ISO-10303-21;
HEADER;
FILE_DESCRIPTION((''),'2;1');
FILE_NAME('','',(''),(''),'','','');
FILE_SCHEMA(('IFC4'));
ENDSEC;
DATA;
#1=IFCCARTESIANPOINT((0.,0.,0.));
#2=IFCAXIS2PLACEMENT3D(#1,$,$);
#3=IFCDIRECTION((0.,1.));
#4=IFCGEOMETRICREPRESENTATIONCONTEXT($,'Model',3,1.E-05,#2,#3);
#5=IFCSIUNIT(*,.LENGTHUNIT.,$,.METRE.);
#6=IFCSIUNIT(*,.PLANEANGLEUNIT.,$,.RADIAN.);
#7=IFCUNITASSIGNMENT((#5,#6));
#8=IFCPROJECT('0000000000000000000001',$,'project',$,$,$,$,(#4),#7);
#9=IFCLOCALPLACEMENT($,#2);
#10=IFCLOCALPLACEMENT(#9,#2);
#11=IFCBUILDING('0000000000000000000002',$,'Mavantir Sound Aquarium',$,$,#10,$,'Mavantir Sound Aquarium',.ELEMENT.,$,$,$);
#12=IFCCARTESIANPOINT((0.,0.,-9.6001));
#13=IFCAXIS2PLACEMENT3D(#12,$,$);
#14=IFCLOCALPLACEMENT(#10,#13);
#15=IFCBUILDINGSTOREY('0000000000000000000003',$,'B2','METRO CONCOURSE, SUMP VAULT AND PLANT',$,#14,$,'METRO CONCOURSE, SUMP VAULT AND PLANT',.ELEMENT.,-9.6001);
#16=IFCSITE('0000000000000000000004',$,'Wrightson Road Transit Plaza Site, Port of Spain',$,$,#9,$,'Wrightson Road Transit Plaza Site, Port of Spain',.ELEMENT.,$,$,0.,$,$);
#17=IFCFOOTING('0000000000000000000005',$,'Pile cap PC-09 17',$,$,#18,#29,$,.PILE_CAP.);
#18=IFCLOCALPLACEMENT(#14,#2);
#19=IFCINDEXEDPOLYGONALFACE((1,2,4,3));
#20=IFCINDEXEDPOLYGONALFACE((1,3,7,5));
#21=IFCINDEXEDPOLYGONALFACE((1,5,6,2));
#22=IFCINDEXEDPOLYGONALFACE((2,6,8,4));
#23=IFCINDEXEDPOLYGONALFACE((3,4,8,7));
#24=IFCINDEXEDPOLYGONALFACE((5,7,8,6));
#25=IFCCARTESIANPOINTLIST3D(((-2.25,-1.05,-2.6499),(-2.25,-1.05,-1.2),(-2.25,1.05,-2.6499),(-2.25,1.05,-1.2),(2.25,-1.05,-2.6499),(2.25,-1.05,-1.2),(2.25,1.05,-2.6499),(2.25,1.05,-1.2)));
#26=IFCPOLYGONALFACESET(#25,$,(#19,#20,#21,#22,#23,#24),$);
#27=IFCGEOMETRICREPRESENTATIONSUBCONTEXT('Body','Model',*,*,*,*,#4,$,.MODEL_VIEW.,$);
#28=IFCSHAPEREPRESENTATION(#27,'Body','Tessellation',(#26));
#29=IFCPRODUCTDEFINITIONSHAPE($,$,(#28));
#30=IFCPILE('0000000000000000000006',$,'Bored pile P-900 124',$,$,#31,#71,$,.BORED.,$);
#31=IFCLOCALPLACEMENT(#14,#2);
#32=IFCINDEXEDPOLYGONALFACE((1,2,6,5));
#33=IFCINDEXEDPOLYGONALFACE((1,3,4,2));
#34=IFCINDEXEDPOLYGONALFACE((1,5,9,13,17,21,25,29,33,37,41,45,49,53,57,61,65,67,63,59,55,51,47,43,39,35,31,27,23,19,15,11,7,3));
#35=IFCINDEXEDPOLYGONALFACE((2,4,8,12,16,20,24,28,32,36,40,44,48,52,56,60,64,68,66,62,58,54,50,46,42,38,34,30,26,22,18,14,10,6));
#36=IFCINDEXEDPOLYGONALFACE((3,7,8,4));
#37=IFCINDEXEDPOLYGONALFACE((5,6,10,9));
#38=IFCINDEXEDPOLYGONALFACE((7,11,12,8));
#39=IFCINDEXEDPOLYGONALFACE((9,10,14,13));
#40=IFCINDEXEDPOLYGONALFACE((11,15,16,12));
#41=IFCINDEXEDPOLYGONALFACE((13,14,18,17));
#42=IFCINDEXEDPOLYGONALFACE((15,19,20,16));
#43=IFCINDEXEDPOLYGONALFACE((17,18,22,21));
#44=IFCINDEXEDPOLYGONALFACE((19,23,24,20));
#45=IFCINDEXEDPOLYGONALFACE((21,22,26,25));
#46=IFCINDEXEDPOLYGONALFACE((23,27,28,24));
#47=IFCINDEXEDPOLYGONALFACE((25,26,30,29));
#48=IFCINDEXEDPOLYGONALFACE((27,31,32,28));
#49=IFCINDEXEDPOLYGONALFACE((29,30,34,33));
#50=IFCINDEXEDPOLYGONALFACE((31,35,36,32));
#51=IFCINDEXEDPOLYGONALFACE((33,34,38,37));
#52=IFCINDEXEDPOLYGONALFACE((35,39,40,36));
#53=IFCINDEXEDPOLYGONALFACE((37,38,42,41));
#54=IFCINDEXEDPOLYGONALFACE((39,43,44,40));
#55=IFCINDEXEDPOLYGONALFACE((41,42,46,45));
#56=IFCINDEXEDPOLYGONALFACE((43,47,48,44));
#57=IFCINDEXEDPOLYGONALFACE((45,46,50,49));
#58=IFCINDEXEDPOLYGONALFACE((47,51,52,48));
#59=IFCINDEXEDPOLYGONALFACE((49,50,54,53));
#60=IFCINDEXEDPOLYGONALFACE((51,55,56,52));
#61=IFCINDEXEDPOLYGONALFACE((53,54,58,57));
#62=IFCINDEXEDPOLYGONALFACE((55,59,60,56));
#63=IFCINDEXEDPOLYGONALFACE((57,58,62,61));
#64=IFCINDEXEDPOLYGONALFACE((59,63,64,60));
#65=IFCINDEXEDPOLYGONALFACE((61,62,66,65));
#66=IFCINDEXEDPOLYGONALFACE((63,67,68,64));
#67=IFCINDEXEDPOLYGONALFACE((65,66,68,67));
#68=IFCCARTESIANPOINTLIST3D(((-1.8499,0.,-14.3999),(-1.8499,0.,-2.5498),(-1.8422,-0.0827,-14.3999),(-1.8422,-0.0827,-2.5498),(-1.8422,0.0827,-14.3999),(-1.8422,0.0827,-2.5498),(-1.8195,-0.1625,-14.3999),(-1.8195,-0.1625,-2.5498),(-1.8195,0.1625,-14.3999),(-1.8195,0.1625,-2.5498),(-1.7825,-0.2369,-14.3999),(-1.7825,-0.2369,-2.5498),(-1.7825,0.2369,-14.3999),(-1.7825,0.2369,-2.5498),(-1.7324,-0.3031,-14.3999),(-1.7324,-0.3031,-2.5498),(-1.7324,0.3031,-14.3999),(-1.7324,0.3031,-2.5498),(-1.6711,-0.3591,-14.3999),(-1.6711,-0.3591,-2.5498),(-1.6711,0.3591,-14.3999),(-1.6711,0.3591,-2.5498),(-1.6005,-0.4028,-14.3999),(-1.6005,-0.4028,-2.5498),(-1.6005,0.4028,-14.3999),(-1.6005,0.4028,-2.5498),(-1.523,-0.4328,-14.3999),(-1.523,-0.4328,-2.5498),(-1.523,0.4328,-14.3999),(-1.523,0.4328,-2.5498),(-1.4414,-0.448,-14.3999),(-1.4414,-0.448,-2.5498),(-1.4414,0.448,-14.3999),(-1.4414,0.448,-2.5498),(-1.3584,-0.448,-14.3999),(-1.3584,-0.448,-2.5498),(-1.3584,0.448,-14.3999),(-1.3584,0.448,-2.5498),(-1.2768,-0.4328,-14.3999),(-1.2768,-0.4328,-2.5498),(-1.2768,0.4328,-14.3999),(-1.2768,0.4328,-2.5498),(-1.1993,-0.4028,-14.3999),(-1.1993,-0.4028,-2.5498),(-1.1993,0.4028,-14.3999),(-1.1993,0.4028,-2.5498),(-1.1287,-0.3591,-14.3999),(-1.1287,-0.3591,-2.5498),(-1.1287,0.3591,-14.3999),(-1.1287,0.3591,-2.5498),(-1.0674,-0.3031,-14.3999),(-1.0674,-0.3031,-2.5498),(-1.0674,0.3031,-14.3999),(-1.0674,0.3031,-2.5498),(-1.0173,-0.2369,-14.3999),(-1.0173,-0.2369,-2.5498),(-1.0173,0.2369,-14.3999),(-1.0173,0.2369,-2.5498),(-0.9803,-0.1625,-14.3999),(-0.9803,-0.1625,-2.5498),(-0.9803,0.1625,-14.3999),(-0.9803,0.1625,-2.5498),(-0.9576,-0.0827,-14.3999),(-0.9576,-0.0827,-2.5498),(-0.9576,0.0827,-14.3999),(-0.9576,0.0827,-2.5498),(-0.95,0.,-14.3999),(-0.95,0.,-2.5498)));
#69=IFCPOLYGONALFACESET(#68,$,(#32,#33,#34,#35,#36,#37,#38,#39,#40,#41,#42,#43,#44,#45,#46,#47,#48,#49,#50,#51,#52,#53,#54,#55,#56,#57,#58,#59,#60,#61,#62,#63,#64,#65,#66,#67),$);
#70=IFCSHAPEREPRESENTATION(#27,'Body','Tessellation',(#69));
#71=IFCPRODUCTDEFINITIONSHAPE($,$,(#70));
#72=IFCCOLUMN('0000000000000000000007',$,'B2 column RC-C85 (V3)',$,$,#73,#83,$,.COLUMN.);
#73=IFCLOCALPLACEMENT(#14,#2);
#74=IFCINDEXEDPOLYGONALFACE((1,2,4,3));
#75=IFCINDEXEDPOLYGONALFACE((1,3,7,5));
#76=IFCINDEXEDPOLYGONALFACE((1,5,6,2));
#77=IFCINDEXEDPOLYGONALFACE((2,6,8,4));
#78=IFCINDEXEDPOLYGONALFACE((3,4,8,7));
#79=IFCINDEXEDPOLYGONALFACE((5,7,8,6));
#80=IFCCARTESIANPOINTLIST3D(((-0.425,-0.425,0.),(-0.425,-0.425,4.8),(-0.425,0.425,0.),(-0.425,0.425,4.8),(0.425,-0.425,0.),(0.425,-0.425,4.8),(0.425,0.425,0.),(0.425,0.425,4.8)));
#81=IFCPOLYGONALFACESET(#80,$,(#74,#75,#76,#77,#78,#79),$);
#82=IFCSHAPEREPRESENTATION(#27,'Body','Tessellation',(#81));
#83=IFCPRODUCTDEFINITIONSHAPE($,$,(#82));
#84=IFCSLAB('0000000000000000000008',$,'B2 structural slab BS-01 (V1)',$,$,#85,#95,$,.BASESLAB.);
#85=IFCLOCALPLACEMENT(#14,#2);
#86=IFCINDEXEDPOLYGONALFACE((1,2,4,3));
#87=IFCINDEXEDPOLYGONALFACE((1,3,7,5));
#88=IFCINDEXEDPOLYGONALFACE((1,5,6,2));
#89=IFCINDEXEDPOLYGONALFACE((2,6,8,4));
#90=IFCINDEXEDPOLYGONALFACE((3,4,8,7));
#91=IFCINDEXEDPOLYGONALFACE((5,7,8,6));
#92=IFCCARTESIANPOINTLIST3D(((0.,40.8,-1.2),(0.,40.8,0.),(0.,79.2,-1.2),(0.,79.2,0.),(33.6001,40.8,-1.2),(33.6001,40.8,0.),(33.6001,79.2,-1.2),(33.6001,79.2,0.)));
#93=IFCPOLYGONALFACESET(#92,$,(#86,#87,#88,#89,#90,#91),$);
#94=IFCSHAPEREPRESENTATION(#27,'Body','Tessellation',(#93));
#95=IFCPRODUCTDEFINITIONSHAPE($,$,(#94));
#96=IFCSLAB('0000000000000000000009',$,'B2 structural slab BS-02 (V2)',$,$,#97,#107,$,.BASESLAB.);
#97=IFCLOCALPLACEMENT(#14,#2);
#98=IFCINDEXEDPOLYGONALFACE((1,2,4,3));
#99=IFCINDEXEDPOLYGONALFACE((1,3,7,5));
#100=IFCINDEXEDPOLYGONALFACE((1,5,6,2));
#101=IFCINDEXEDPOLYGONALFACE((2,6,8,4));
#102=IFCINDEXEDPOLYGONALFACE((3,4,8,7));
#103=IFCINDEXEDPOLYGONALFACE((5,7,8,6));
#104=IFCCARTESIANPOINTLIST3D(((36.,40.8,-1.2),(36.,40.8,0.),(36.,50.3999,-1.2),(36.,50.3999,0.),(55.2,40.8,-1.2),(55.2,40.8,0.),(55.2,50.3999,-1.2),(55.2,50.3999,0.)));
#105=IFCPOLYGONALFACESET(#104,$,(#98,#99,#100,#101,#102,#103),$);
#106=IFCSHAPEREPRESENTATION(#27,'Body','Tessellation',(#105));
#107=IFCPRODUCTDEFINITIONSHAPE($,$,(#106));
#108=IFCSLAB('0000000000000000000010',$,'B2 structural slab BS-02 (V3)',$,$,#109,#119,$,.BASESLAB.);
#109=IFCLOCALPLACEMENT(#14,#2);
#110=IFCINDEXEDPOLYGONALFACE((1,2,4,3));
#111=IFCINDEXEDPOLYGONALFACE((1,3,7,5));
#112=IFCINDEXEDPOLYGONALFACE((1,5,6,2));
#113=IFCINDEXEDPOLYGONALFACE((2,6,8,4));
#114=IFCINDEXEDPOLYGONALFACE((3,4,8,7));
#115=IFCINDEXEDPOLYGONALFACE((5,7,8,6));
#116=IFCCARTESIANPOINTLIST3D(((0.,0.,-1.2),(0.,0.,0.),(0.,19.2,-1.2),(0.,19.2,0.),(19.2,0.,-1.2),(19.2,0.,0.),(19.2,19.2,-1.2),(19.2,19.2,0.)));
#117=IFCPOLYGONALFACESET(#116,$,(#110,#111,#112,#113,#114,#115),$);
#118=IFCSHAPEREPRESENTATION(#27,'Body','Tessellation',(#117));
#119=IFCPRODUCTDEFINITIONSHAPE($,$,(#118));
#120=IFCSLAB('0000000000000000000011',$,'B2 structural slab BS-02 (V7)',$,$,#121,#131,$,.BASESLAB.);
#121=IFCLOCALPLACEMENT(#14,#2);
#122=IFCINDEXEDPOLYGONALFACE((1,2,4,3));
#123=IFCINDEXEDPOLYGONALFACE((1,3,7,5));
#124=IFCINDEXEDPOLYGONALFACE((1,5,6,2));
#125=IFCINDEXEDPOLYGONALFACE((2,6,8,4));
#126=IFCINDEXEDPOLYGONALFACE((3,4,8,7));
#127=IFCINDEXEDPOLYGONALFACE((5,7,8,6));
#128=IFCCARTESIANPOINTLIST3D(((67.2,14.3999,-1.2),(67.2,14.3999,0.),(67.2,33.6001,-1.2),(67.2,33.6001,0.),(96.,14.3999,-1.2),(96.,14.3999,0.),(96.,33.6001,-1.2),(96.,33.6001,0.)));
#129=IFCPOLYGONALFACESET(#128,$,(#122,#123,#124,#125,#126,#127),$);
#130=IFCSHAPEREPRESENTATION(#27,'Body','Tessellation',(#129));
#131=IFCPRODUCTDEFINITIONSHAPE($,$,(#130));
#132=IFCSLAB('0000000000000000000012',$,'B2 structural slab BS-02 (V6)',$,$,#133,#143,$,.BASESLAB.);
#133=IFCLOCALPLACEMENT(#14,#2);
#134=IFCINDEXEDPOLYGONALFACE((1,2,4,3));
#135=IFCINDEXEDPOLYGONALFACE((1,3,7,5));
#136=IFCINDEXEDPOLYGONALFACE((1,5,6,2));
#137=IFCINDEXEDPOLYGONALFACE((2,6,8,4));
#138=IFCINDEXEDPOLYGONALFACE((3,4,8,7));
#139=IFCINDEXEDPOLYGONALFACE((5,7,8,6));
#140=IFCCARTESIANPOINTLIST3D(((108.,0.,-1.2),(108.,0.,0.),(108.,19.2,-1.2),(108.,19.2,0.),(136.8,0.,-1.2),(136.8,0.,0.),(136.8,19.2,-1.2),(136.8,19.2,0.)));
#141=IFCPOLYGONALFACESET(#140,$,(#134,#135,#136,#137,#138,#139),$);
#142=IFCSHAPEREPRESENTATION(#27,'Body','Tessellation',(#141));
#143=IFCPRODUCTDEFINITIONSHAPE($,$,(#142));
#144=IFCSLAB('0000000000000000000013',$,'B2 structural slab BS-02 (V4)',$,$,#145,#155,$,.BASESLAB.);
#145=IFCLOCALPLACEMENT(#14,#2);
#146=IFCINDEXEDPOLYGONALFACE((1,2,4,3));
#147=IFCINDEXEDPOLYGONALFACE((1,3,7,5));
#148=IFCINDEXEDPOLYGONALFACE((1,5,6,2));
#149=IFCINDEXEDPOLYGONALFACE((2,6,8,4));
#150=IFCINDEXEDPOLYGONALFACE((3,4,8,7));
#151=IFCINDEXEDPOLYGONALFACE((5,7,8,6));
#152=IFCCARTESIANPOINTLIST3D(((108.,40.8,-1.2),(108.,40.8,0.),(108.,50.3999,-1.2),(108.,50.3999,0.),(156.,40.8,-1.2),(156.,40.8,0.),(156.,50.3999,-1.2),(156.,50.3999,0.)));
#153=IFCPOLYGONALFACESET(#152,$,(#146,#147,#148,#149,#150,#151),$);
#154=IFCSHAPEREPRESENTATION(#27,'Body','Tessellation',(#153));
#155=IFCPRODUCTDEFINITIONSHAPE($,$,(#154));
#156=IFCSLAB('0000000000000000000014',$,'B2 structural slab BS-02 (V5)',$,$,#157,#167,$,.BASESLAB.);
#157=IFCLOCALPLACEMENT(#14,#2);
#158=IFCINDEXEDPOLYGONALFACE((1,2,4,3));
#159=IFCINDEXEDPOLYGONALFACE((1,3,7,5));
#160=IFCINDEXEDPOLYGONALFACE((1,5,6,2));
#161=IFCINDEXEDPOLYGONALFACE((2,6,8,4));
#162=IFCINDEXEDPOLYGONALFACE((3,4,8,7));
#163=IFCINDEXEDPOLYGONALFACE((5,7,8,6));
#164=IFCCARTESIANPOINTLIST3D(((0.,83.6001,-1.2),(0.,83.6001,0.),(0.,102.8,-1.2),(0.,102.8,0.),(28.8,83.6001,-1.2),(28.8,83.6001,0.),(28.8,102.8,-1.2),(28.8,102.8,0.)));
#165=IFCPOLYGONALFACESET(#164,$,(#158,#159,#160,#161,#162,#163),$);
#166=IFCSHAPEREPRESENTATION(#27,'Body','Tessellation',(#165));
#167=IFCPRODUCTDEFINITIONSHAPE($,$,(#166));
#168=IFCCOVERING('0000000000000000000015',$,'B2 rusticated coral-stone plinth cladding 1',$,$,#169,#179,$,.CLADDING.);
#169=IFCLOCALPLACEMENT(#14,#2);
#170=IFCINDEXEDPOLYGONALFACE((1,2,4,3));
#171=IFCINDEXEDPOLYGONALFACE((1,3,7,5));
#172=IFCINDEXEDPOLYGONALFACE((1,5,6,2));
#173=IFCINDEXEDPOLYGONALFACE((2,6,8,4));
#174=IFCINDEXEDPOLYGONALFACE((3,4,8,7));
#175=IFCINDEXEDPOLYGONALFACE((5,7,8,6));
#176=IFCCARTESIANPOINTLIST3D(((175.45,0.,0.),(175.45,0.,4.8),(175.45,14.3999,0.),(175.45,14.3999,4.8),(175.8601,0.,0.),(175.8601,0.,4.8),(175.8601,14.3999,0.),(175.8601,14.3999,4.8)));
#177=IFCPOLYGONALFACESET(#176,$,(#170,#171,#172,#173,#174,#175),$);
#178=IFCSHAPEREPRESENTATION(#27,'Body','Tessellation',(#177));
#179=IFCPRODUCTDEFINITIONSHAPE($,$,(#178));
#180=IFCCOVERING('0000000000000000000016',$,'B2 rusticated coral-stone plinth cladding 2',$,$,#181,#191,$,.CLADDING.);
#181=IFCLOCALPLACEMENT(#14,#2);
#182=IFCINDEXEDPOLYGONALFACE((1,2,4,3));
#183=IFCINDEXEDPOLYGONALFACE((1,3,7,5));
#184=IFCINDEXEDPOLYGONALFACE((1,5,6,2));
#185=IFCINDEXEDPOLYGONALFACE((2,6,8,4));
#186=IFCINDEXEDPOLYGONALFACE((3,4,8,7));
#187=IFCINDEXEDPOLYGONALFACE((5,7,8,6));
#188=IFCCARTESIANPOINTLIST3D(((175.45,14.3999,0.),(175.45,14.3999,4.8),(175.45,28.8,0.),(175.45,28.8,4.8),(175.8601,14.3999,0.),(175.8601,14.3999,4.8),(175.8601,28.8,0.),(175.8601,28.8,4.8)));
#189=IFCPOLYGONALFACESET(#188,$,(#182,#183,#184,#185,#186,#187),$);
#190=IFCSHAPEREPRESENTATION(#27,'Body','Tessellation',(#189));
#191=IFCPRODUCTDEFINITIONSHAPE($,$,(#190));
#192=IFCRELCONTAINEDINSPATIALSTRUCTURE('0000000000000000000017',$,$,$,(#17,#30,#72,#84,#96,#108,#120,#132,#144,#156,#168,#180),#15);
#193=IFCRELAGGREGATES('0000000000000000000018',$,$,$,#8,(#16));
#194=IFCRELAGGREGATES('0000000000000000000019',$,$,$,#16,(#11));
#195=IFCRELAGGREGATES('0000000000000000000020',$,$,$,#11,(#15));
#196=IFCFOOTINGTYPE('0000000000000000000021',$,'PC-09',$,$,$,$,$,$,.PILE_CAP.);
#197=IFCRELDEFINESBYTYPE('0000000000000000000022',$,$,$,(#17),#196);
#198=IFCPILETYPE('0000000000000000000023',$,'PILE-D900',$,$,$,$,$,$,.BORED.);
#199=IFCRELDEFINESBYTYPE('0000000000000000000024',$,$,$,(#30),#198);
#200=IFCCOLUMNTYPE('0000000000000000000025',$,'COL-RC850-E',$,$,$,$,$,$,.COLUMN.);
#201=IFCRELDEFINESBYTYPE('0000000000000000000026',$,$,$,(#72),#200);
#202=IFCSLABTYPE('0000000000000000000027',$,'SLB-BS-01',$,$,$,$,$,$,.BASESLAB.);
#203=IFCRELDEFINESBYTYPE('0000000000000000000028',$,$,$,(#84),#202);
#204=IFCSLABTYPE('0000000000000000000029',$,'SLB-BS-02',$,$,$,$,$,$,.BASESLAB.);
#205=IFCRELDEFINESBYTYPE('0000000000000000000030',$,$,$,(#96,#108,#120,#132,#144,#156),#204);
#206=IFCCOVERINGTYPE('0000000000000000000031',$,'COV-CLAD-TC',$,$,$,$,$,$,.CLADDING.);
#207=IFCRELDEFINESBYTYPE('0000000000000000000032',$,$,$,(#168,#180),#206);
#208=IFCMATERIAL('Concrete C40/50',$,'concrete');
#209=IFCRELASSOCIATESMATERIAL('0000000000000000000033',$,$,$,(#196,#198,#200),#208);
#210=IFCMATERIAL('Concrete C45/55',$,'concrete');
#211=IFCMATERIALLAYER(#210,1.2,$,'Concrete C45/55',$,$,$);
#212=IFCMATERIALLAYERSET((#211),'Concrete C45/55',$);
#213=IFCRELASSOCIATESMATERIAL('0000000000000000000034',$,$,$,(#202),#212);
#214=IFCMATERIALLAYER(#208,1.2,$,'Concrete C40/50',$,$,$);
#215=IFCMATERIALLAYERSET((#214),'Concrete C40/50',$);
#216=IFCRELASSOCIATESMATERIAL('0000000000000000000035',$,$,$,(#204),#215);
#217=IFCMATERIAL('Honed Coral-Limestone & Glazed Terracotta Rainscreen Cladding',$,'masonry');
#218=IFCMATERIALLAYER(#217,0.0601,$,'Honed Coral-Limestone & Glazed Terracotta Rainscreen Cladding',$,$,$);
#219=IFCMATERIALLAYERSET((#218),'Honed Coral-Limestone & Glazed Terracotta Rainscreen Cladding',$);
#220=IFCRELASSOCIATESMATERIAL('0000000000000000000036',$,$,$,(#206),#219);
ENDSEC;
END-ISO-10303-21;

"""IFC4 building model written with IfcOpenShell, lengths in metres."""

from ifc_helpers import new_model, si_unit, direction, frame, origin, origin_with_axes, origin_2d, place, context, subcontext, project, spatial, polyline, rectangle, circle, outline, extrude, material, layer, layer_set, material_profile, profile_set, type_object, element, save


model = new_model("IFC4")

# Units and contexts
model_context = context("Model", 3, precision=1e-05, world=origin(), true_north=direction((0.0, 1.0)))
body_context = subcontext(model_context, "Body", "Model", "MODEL_VIEW")
ifc_project = project(units=[si_unit("LENGTHUNIT", "METRE"), si_unit("PLANEANGLEUNIT", "RADIAN")], contexts=[model_context])

# Site, building, storey
site_placement = place(None, origin())
site = spatial("IfcSite", under=ifc_project, at=site_placement, Name="Wrightson Road Transit Plaza Site, Port of Spain", LongName="Wrightson Road Transit Plaza Site, Port of Spain", CompositionType="ELEMENT", RefElevation=0.0)
building_placement = place(site_placement, origin())
building = spatial("IfcBuilding", under=site, at=building_placement, Name="Mavantir Sound Aquarium", LongName="Mavantir Sound Aquarium", CompositionType="ELEMENT")
storey_placement = place(building_placement, frame((0.0, 0.0, -9.6001)))
storey = spatial("IfcBuildingStorey", under=building, at=storey_placement, Name="B2", Description="METRO CONCOURSE, SUMP VAULT AND PLANT", LongName="METRO CONCOURSE, SUMP VAULT AND PLANT", CompositionType="ELEMENT", Elevation=-9.6001)

# Footing
ifc_material_1 = material(Name="Concrete C40/50", Category="concrete")
footing_type = type_object("IfcFootingType", Name="PC-09", PredefinedType="PILE_CAP", material=ifc_material_1)
footing_placement = place(storey_placement, frame((0.0, 0.0, -2.6499), z_axis=(0.0, 0.0, 1.0), x_axis=(1.0, 0.0, 0.0)))
element("IfcFooting", 1, at=footing_placement, inside=storey, type_object=footing_type, Name="Pile cap PC-09 17", PredefinedType="PILE_CAP", context=body_context, shape_type="SweptSolid", body=[
    extrude(rectangle(XDim=4.5, YDim=2.1001, at=origin_2d()), origin(), (0.0, 0.0, 1.0), 1.45),
])

# Pile
ifc_material_profile_1 = material_profile(ifc_material_1, circle(Radius=0.45, at=origin_2d()), Name="PILE D900")
ifc_profile_set_1 = profile_set([ifc_material_profile_1], Name="Concrete C40/50")
pile_type = type_object("IfcPileType", Name="PILE-D900", PredefinedType="BORED", material=ifc_profile_set_1)
pile_placement = place(storey_placement, frame((-1.3999, 0.0, -2.5498), z_axis=(0.0, 0.0, -1.0), x_axis=(1.0, 0.0, 0.0)))
element("IfcPile", 2, at=pile_placement, inside=storey, type_object=pile_type, Name="Bored pile P-900 124", PredefinedType="BORED", context=body_context, shape_type="SweptSolid", body=[
    extrude(circle(Radius=0.45, at=origin_2d()), origin(), (0.0, 0.0, 1.0), 11.8501),
])

# Column
ifc_material_profile_2 = material_profile(ifc_material_1, rectangle(XDim=0.8501, YDim=0.8501, at=origin_2d()), Name="RC 850X850")
ifc_profile_set_2 = profile_set([ifc_material_profile_2], Name="Concrete C40/50")
column_type = type_object("IfcColumnType", Name="COL-RC850-E", PredefinedType="COLUMN", material=ifc_profile_set_2)
column_placement = place(storey_placement, origin_with_axes())
element("IfcColumn", 3, at=column_placement, inside=storey, type_object=column_type, Name="B2 column RC-C85 (V3)", PredefinedType="COLUMN", context=body_context, shape_type="SweptSolid", body=[
    extrude(rectangle(XDim=0.8501, YDim=0.8501, at=origin_2d()), origin(), (0.0, 0.0, 1.0), 4.8),
])

# Slabs
ifc_material_2 = material(Name="Concrete C45/55", Category="concrete")
ifc_layer_1 = layer(ifc_material_2, 1.2, Name="Concrete C45/55")
ifc_layer_set_1 = layer_set([ifc_layer_1], Name="Concrete C45/55")
slab_type_1 = type_object("IfcSlabType", Name="SLB-BS-01", PredefinedType="BASESLAB", material=ifc_layer_set_1)
slab_1_placement = place(storey_placement, frame((0.0, 0.0, -1.2)))
element("IfcSlab", 4, at=slab_1_placement, inside=storey, type_object=slab_type_1, Name="B2 structural slab BS-01 (V1)", PredefinedType="BASESLAB", context=body_context, shape_type="SweptSolid", body=[
    extrude(outline(polyline([(33.6001, 40.8), (33.6001, 79.2), (0.0, 79.2), (0.0, 40.8), (33.6001, 40.8)])), origin(), (0.0, 0.0, 1.0), 1.2),
])
ifc_layer_2 = layer(ifc_material_1, 1.2, Name="Concrete C40/50")
ifc_layer_set_2 = layer_set([ifc_layer_2], Name="Concrete C40/50")
slab_type_2 = type_object("IfcSlabType", Name="SLB-BS-02", PredefinedType="BASESLAB", material=ifc_layer_set_2)
slab_2_placement = place(storey_placement, frame((0.0, 0.0, -1.2)))
element("IfcSlab", 5, at=slab_2_placement, inside=storey, type_object=slab_type_2, Name="B2 structural slab BS-02 (V2)", PredefinedType="BASESLAB", context=body_context, shape_type="SweptSolid", body=[
    extrude(outline(polyline([(55.2, 40.8), (55.2, 50.3999), (36.0, 50.3999), (36.0, 40.8), (55.2, 40.8)])), origin(), (0.0, 0.0, 1.0), 1.2),
])
slab_3_placement = place(storey_placement, frame((0.0, 0.0, -1.2)))
element("IfcSlab", 6, at=slab_3_placement, inside=storey, type_object=slab_type_2, Name="B2 structural slab BS-02 (V3)", PredefinedType="BASESLAB", context=body_context, shape_type="SweptSolid", body=[
    extrude(outline(polyline([(19.2, 0.0), (19.2, 19.2), (0.0, 19.2), (0.0, 0.0), (19.2, 0.0)])), origin(), (0.0, 0.0, 1.0), 1.2),
])
slab_4_placement = place(storey_placement, frame((0.0, 0.0, -1.2)))
element("IfcSlab", 7, at=slab_4_placement, inside=storey, type_object=slab_type_2, Name="B2 structural slab BS-02 (V7)", PredefinedType="BASESLAB", context=body_context, shape_type="SweptSolid", body=[
    extrude(outline(polyline([(96.0, 14.3999), (96.0, 33.6001), (67.2, 33.6001), (67.2, 14.3999), (96.0, 14.3999)])), origin(), (0.0, 0.0, 1.0), 1.2),
])
slab_5_placement = place(storey_placement, frame((0.0, 0.0, -1.2)))
element("IfcSlab", 8, at=slab_5_placement, inside=storey, type_object=slab_type_2, Name="B2 structural slab BS-02 (V6)", PredefinedType="BASESLAB", context=body_context, shape_type="SweptSolid", body=[
    extrude(outline(polyline([(136.8, 0.0), (136.8, 19.2), (108.0, 19.2), (108.0, 0.0), (136.8, 0.0)])), origin(), (0.0, 0.0, 1.0), 1.2),
])
slab_6_placement = place(storey_placement, frame((0.0, 0.0, -1.2)))
element("IfcSlab", 9, at=slab_6_placement, inside=storey, type_object=slab_type_2, Name="B2 structural slab BS-02 (V4)", PredefinedType="BASESLAB", context=body_context, shape_type="SweptSolid", body=[
    extrude(outline(polyline([(156.0, 40.8), (156.0, 50.3999), (108.0, 50.3999), (108.0, 40.8), (156.0, 40.8)])), origin(), (0.0, 0.0, 1.0), 1.2),
])
slab_7_placement = place(storey_placement, frame((0.0, 0.0, -1.2)))
element("IfcSlab", 10, at=slab_7_placement, inside=storey, type_object=slab_type_2, Name="B2 structural slab BS-02 (V5)", PredefinedType="BASESLAB", context=body_context, shape_type="SweptSolid", body=[
    extrude(outline(polyline([(28.8, 83.6001), (28.8, 102.8), (0.0, 102.8), (0.0, 83.6001), (28.8, 83.6001)])), origin(), (0.0, 0.0, 1.0), 1.2),
])

# Coverings
ifc_material_3 = material(Name="Honed Coral-Limestone & Glazed Terracotta Rainscreen Cladding", Category="masonry")
ifc_layer_3 = layer(ifc_material_3, 0.0601, Name="Honed Coral-Limestone & Glazed Terracotta Rainscreen Cladding")
ifc_layer_set_3 = layer_set([ifc_layer_3], Name="Honed Coral-Limestone & Glazed Terracotta Rainscreen Cladding")
covering_type = type_object("IfcCoveringType", Name="COV-CLAD-TC", PredefinedType="CLADDING", material=ifc_layer_set_3)
covering_1_placement = place(storey_placement, origin())
element("IfcCovering", 11, at=covering_1_placement, inside=storey, type_object=covering_type, Name="B2 rusticated coral-stone plinth cladding 1", PredefinedType="CLADDING", context=body_context, shape_type="SweptSolid", body=[
    extrude(outline(polyline([(175.45, 0.0), (175.45, 14.3999), (175.8601, 14.3999), (175.8601, 0.0), (175.45, 0.0)])), origin(), (0.0, 0.0, 1.0), 4.8),
])
covering_2_placement = place(storey_placement, origin())
element("IfcCovering", 12, at=covering_2_placement, inside=storey, type_object=covering_type, Name="B2 rusticated coral-stone plinth cladding 2", PredefinedType="CLADDING", context=body_context, shape_type="SweptSolid", body=[
    extrude(outline(polyline([(175.45, 14.3999), (175.45, 28.8), (175.8601, 28.8), (175.8601, 14.3999), (175.45, 14.3999)])), origin(), (0.0, 0.0, 1.0), 4.8),
])

save(model, "model.ifc")
